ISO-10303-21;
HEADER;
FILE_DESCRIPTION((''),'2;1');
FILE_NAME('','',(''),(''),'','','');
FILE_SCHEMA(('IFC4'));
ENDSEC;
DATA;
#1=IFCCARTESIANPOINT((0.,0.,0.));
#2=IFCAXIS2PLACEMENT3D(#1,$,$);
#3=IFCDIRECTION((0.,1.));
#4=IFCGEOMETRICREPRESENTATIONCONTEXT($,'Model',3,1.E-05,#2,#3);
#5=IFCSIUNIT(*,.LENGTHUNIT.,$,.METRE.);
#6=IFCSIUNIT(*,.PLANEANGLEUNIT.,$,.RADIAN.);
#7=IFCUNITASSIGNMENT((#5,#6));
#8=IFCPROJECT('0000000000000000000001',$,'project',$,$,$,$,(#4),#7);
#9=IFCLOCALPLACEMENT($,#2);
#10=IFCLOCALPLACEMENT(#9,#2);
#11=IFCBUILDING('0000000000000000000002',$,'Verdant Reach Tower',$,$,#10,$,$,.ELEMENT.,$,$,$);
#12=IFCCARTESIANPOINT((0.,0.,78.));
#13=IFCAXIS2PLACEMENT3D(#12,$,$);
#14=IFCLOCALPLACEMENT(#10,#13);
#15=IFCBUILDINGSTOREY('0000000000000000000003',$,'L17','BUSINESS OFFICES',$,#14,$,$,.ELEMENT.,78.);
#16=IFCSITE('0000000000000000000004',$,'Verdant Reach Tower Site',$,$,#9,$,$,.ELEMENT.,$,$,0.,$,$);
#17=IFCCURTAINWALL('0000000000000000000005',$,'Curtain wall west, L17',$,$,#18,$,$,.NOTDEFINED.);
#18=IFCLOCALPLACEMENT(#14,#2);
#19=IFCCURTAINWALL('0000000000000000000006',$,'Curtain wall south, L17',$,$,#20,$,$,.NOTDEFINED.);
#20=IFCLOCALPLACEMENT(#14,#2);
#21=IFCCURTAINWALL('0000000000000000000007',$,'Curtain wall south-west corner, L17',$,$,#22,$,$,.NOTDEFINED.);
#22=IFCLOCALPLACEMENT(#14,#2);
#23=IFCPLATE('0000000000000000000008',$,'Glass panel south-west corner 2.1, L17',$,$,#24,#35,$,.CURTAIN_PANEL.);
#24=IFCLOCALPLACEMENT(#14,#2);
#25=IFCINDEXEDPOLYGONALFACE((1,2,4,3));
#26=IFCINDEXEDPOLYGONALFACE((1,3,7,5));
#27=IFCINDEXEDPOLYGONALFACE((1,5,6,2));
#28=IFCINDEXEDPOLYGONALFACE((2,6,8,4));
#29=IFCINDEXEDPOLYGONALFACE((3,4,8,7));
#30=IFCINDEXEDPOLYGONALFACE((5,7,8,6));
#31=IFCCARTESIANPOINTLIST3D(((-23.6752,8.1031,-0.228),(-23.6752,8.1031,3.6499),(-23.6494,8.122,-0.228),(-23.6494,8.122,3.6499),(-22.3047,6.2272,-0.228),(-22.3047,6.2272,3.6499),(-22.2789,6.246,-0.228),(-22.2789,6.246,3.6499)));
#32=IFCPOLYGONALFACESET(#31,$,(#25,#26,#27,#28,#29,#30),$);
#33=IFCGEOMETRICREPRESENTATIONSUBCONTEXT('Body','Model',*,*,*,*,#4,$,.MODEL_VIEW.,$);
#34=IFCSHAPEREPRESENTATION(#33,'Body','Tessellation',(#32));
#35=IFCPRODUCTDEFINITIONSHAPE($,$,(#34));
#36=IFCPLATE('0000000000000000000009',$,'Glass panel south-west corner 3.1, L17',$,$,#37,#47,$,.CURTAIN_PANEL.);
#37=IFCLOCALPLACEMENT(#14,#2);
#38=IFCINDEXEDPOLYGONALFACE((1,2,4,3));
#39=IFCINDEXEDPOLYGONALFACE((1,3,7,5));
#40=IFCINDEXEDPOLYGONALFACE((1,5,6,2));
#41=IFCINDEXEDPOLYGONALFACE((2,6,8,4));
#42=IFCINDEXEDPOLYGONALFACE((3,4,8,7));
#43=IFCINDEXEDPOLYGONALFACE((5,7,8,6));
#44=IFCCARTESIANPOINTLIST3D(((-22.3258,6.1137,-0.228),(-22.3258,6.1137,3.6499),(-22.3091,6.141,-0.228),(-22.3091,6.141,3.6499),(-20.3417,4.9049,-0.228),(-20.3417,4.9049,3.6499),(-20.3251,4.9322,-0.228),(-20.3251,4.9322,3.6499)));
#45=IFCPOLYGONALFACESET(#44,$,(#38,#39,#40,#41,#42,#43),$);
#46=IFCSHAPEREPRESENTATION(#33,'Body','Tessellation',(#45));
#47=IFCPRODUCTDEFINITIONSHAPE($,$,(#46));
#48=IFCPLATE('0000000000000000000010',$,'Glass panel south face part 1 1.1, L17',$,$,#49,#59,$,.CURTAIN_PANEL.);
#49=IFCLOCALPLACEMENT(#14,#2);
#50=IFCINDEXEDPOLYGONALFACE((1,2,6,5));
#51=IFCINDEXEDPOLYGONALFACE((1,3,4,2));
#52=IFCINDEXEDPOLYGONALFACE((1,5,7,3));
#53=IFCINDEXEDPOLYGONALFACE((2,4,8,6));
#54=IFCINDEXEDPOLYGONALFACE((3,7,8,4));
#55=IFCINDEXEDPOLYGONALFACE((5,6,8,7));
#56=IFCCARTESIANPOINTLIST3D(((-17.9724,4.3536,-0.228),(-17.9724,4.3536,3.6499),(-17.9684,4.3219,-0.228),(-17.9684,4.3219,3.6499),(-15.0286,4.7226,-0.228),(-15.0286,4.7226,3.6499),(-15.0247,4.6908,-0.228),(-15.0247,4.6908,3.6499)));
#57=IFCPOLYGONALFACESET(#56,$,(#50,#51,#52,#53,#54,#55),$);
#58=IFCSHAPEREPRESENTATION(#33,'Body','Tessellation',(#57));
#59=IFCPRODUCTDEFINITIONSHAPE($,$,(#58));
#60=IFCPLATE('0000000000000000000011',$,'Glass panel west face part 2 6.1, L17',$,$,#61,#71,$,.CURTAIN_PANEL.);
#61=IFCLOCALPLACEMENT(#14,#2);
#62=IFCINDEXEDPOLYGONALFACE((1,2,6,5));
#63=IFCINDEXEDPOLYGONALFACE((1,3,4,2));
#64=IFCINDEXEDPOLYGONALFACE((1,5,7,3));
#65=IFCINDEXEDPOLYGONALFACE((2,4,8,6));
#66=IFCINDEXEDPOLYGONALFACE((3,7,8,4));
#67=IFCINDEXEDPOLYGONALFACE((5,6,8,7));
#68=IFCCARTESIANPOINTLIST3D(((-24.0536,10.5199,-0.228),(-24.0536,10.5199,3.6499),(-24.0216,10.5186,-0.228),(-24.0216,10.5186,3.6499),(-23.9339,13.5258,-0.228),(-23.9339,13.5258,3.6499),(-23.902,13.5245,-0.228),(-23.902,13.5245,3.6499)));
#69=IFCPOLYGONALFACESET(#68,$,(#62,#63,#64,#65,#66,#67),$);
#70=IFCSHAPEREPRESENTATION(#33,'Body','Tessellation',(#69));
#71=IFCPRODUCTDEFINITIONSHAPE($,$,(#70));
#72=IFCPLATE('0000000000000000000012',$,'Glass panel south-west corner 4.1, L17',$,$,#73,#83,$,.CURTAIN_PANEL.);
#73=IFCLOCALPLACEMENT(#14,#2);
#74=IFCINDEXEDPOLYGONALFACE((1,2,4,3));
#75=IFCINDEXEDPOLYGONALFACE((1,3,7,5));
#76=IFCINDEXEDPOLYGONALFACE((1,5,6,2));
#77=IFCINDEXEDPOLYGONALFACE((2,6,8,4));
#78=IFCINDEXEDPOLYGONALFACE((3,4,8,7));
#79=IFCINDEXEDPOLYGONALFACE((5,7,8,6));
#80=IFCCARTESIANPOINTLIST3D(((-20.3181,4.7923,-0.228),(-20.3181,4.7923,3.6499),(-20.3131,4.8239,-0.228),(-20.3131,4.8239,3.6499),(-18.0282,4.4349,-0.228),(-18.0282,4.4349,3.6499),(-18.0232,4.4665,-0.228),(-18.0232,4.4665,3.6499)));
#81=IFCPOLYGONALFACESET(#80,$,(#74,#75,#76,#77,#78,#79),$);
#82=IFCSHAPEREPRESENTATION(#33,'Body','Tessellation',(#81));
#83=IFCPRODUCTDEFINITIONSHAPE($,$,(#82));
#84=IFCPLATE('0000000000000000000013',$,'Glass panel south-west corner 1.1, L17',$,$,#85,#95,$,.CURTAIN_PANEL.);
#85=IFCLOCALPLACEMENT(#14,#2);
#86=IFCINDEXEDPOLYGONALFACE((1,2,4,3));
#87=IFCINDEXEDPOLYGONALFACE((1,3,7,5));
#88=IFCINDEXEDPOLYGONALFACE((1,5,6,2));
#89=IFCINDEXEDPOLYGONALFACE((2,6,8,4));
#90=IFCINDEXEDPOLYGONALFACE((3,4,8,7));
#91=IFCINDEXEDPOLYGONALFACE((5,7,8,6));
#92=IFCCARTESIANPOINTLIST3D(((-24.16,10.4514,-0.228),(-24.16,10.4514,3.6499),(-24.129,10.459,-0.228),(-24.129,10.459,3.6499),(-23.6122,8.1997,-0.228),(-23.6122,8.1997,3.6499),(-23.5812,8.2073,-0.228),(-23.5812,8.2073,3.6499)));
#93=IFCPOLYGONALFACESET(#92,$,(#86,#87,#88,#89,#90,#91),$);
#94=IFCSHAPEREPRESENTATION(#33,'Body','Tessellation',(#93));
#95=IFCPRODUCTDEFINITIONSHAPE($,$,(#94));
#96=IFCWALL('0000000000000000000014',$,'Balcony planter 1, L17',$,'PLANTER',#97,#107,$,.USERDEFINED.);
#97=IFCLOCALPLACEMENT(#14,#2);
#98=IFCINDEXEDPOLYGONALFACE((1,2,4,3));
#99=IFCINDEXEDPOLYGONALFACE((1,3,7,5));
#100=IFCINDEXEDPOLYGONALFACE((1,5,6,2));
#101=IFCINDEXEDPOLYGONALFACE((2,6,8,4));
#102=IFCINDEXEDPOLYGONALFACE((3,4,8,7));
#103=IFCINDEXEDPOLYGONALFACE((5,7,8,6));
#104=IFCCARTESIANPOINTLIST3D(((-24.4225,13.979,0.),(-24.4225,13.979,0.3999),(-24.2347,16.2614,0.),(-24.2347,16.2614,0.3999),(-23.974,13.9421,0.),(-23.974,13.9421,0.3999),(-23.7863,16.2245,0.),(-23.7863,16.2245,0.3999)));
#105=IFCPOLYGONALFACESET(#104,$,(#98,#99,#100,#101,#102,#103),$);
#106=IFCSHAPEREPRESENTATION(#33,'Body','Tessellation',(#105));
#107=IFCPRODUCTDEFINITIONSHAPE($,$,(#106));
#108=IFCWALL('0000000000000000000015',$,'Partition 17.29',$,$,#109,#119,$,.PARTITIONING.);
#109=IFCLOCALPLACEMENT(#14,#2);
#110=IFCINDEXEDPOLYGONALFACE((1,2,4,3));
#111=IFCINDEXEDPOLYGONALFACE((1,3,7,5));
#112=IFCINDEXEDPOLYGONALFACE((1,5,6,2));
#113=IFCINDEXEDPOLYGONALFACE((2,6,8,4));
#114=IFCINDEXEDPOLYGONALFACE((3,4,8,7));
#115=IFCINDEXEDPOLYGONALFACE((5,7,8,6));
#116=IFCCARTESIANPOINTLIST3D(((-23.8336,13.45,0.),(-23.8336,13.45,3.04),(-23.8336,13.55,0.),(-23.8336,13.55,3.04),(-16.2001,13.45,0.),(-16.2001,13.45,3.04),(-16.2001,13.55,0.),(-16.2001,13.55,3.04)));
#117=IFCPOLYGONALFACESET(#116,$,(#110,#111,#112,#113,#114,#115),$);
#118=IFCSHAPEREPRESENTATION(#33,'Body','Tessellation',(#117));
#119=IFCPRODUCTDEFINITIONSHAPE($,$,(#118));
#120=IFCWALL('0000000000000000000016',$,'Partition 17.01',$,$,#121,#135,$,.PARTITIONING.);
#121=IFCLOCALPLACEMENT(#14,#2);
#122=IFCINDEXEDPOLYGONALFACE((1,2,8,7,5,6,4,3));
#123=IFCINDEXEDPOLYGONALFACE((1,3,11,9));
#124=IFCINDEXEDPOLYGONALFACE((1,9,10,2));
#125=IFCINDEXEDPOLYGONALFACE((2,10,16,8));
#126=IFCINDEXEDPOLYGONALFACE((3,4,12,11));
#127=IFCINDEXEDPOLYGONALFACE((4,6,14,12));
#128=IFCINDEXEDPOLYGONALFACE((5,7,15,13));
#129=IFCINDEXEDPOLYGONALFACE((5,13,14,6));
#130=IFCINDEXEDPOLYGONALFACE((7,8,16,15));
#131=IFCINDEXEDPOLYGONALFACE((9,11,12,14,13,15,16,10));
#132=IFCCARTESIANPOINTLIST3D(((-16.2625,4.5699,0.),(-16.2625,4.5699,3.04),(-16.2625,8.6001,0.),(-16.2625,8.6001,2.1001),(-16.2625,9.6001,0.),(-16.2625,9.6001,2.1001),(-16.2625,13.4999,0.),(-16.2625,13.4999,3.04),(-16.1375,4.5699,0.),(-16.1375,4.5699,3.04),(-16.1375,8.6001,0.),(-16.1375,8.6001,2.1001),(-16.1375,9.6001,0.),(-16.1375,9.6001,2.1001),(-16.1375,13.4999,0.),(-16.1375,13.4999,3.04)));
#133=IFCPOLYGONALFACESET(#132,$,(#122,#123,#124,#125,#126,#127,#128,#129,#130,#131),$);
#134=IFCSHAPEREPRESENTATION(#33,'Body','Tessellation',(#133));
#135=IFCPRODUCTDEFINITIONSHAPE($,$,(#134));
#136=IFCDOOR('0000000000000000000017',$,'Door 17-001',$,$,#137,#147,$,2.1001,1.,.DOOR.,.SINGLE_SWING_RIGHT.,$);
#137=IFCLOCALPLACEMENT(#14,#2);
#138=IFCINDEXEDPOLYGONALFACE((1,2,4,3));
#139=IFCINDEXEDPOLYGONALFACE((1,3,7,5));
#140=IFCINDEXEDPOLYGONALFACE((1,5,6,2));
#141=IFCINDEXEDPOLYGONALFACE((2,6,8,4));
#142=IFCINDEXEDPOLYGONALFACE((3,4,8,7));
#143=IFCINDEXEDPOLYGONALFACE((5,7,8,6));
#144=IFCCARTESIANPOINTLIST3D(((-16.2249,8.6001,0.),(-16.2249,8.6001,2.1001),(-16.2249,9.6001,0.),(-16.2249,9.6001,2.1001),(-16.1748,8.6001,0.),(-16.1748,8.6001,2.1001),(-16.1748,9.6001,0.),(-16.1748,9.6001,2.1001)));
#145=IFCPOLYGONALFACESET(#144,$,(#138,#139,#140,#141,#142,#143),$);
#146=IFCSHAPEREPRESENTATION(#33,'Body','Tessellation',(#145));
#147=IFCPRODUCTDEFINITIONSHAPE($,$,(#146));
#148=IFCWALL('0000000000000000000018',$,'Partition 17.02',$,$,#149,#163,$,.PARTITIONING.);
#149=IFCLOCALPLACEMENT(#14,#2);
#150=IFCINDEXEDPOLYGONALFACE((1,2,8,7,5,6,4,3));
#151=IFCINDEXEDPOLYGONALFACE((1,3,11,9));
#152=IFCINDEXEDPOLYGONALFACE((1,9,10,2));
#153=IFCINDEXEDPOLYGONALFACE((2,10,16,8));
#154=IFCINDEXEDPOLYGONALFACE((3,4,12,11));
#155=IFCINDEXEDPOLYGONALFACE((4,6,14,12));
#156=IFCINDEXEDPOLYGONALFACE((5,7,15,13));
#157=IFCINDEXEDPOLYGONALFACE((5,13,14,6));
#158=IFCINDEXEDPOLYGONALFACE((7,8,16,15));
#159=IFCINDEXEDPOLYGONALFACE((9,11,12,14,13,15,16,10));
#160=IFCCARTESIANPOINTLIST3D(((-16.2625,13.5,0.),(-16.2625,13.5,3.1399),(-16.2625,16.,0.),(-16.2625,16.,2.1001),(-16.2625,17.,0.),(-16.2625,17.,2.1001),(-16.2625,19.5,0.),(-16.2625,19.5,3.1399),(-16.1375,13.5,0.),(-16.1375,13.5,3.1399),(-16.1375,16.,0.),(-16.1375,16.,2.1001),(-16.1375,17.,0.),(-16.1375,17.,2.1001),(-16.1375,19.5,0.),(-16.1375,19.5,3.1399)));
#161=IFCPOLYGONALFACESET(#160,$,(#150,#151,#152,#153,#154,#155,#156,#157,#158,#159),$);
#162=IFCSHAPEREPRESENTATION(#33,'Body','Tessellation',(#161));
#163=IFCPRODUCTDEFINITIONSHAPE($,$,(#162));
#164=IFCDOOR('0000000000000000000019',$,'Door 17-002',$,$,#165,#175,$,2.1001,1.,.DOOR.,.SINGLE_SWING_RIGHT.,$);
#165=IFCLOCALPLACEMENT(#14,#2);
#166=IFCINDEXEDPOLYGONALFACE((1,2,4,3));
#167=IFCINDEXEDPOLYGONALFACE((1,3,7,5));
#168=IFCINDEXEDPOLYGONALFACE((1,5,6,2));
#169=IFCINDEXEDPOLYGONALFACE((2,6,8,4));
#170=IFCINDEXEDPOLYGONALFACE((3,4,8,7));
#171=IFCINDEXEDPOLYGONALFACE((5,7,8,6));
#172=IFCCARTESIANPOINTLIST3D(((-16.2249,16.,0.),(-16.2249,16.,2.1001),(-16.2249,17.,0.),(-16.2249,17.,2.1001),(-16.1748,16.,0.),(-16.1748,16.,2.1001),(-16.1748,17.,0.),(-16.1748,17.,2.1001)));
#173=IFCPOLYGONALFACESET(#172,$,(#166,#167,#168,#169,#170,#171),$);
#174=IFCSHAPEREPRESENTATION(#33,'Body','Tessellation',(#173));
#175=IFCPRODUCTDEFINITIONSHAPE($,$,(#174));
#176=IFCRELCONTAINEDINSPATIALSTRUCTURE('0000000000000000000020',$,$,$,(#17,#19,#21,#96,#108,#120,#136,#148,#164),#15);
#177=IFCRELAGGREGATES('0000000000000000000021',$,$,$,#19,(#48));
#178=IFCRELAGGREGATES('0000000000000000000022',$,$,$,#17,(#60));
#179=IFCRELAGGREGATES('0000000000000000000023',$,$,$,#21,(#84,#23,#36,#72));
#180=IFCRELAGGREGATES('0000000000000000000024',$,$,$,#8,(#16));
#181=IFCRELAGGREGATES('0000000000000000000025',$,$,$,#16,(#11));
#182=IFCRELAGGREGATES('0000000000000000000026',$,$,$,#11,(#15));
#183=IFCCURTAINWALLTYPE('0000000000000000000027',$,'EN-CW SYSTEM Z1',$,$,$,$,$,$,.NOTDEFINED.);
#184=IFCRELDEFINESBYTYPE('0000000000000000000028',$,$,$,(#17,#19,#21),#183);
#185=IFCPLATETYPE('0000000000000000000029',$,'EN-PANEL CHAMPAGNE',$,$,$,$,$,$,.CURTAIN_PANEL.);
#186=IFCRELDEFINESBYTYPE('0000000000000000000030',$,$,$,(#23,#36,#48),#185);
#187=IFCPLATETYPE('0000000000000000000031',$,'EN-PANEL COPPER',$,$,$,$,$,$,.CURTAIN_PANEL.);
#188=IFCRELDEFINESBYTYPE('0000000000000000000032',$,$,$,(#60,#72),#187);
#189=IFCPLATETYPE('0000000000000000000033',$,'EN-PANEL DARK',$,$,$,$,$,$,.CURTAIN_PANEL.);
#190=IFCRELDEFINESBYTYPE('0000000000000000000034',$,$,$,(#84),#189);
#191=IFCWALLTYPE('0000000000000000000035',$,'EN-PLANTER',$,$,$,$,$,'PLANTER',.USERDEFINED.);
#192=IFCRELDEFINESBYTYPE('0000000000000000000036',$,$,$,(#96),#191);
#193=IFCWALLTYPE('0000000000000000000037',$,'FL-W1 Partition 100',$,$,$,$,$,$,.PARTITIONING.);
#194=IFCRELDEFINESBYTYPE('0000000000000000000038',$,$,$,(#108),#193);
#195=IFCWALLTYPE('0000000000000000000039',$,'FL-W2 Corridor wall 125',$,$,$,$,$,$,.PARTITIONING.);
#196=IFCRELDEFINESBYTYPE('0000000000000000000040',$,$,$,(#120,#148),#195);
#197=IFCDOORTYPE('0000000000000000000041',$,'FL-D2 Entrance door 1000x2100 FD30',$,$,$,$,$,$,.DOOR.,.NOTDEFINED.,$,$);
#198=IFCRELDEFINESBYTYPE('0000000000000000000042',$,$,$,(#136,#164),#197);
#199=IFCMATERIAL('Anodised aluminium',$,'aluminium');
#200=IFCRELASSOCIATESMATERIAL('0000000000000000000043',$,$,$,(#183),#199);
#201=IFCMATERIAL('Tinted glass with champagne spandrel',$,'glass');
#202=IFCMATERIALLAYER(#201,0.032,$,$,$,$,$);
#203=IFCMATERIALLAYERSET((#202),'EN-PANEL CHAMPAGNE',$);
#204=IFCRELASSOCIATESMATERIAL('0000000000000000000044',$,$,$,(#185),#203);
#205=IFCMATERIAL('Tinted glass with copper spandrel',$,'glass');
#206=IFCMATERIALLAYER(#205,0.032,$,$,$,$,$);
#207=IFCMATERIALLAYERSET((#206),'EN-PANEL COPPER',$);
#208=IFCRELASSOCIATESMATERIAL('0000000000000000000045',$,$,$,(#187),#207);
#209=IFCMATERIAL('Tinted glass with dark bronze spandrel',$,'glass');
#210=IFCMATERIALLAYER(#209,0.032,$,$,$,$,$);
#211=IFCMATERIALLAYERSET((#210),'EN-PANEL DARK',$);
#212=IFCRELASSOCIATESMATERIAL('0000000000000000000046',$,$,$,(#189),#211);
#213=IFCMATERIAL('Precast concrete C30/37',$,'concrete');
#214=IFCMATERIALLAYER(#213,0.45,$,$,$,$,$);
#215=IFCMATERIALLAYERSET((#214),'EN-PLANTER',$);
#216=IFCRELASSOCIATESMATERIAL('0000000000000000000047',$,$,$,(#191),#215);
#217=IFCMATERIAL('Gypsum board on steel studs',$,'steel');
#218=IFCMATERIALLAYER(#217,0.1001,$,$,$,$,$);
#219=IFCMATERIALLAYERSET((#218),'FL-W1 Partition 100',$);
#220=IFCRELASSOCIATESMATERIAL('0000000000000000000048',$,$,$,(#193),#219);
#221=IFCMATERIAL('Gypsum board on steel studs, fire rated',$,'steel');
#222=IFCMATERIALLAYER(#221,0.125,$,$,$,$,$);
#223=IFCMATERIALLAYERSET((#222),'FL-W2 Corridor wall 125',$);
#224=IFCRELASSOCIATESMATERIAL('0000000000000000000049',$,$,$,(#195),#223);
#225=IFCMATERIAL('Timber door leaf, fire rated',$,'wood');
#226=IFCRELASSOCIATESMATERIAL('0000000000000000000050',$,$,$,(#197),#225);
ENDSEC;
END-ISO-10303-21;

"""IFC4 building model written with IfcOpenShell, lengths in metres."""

from ifc_helpers import new_model, si_unit, direction, frame, frame_2d, origin, origin_2d, place, context, subcontext, project, spatial, rectangle, extrude, material, layer, layer_set, type_object, element, fill, aggregate, save


model = new_model("IFC4")

# Units and contexts
model_context = context("Model", 3, precision=1e-05, world=origin(), true_north=direction((0.0, 1.0)))
body_context = subcontext(model_context, "Body", "Model", "MODEL_VIEW")
ifc_project = project(units=[si_unit("LENGTHUNIT", "METRE"), si_unit("PLANEANGLEUNIT", "RADIAN")], contexts=[model_context])

# Site, building, storey
site_placement = place(None, origin())
site = spatial("IfcSite", under=ifc_project, at=site_placement, Name="Verdant Reach Tower Site", CompositionType="ELEMENT", RefElevation=0.0)
building_placement = place(site_placement, origin())
building = spatial("IfcBuilding", under=site, at=building_placement, Name="Verdant Reach Tower", CompositionType="ELEMENT")
storey_placement = place(building_placement, frame((0.0, 0.0, 78.0)))
storey = spatial("IfcBuildingStorey", under=building, at=storey_placement, Name="L17", Description="BUSINESS OFFICES", CompositionType="ELEMENT", Elevation=78.0)

# Curtain walls
ifc_material_1 = material(Name="Anodised aluminium", Category="aluminium")
curtain_wall_type = type_object("IfcCurtainWallType", Name="EN-CW SYSTEM Z1", PredefinedType="NOTDEFINED", material=ifc_material_1)
curtain_wall_1_placement = place(storey_placement, origin())
curtain_wall_1 = element("IfcCurtainWall", 1, at=curtain_wall_1_placement, inside=storey, type_object=curtain_wall_type, Name="Curtain wall west, L17", PredefinedType="NOTDEFINED")
curtain_wall_2_placement = place(storey_placement, origin())
curtain_wall_2 = element("IfcCurtainWall", 2, at=curtain_wall_2_placement, inside=storey, type_object=curtain_wall_type, Name="Curtain wall south, L17", PredefinedType="NOTDEFINED")

# Curtain wall, plates
curtain_wall_3_placement = place(storey_placement, origin())
curtain_wall_3 = element("IfcCurtainWall", 3, at=curtain_wall_3_placement, inside=storey, type_object=curtain_wall_type, Name="Curtain wall south-west corner, L17", PredefinedType="NOTDEFINED")
ifc_material_2 = material(Name="Tinted glass with champagne spandrel", Category="glass")
ifc_layer_1 = layer(ifc_material_2, 0.032)
ifc_layer_set_1 = layer_set([ifc_layer_1], Name="EN-PANEL CHAMPAGNE")
plate_type_1 = type_object("IfcPlateType", Name="EN-PANEL CHAMPAGNE", PredefinedType="CURTAIN_PANEL", material=ifc_layer_set_1)
plate_1_placement = place(storey_placement, frame((-22.9771, 7.1746, -0.228), z_axis=(0.0, 0.0, 1.0), x_axis=(0.589927, -0.807457, 0.0)))
plate_1 = element("IfcPlate", 4, at=plate_1_placement, type_object=plate_type_1, Name="Glass panel south-west corner 2.1, L17", PredefinedType="CURTAIN_PANEL", context=body_context, shape_type="SweptSolid", body=[
    extrude(rectangle(XDim=2.3232, YDim=0.032, at=origin_2d()), origin(), (0.0, 0.0, 1.0), 3.8779),
])
plate_2_placement = place(storey_placement, frame((-21.3254, 5.5229, -0.228), z_axis=(0.0, 0.0, 1.0), x_axis=(0.853989, -0.520292, 0.0)))
plate_2 = element("IfcPlate", 5, at=plate_2_placement, type_object=plate_type_1, Name="Glass panel south-west corner 3.1, L17", PredefinedType="CURTAIN_PANEL", context=body_context, shape_type="SweptSolid", body=[
    extrude(rectangle(XDim=2.3232, YDim=0.032, at=origin_2d()), origin(), (0.0, 0.0, 1.0), 3.8779),
])

# Plates
plate_3_placement = place(storey_placement, frame((-16.4985, 4.5222, -0.228), z_axis=(0.0, 0.0, 1.0), x_axis=(0.992235, 0.124374, 0.0)))
plate_3 = element("IfcPlate", 6, at=plate_3_placement, type_object=plate_type_1, Name="Glass panel south face part 1 1.1, L17", PredefinedType="CURTAIN_PANEL", context=body_context, shape_type="SweptSolid", body=[
    extrude(rectangle(XDim=2.9668, YDim=0.032, at=origin_2d()), origin(), (0.0, 0.0, 1.0), 3.8779),
])
aggregate(curtain_wall_2, [plate_3])
ifc_material_3 = material(Name="Tinted glass with copper spandrel", Category="glass")
ifc_layer_2 = layer(ifc_material_3, 0.032)
ifc_layer_set_2 = layer_set([ifc_layer_2], Name="EN-PANEL COPPER")
plate_type_2 = type_object("IfcPlateType", Name="EN-PANEL COPPER", PredefinedType="CURTAIN_PANEL", material=ifc_layer_set_2)
plate_4_placement = place(storey_placement, frame((-23.9778, 12.0222, -0.228), z_axis=(0.0, 0.0, 1.0), x_axis=(-0.039784, -0.999208, 0.0)))
plate_4 = element("IfcPlate", 7, at=plate_4_placement, type_object=plate_type_2, Name="Glass panel west face part 2 6.1, L17", PredefinedType="CURTAIN_PANEL", context=body_context, shape_type="SweptSolid", body=[
    extrude(rectangle(XDim=3.0083, YDim=0.032, at=origin_2d()), origin(), (0.0, 0.0, 1.0), 3.8779),
])
aggregate(curtain_wall_1, [plate_4])
plate_5_placement = place(storey_placement, frame((-19.1707, 4.6294, -0.228), z_axis=(0.0, 0.0, 1.0), x_axis=(0.988033, -0.154245, 0.0)))
plate_5 = element("IfcPlate", 8, at=plate_5_placement, type_object=plate_type_2, Name="Glass panel south-west corner 4.1, L17", PredefinedType="CURTAIN_PANEL", context=body_context, shape_type="SweptSolid", body=[
    extrude(rectangle(XDim=2.3176, YDim=0.032, at=origin_2d()), origin(), (0.0, 0.0, 1.0), 3.8779),
])
ifc_material_4 = material(Name="Tinted glass with dark bronze spandrel", Category="glass")
ifc_layer_3 = layer(ifc_material_4, 0.032)
ifc_layer_set_3 = layer_set([ifc_layer_3], Name="EN-PANEL DARK")
plate_type_3 = type_object("IfcPlateType", Name="EN-PANEL DARK", PredefinedType="CURTAIN_PANEL", material=ifc_layer_set_3)
plate_6_placement = place(storey_placement, frame((-23.8706, 9.3293, -0.228), z_axis=(0.0, 0.0, 1.0), x_axis=(0.236383, -0.97166, 0.0)))
plate_6 = element("IfcPlate", 9, at=plate_6_placement, type_object=plate_type_3, Name="Glass panel south-west corner 1.1, L17", PredefinedType="CURTAIN_PANEL", context=body_context, shape_type="SweptSolid", body=[
    extrude(rectangle(XDim=2.3174, YDim=0.032, at=origin_2d()), origin(), (0.0, 0.0, 1.0), 3.8779),
])
aggregate(curtain_wall_3, [plate_6, plate_1, plate_2, plate_5])

# Walls
ifc_material_5 = material(Name="Precast concrete C30/37", Category="concrete")
ifc_layer_4 = layer(ifc_material_5, 0.45)
ifc_layer_set_4 = layer_set([ifc_layer_4], Name="EN-PLANTER")
wall_type_1 = type_object("IfcWallType", Name="EN-PLANTER", ElementType="PLANTER", PredefinedType="USERDEFINED", material=ifc_layer_set_4)
wall_1_placement = place(storey_placement, frame((-24.0105, 16.2429, 0.0), z_axis=(0.0, 0.0, 1.0), x_axis=(-0.081987, -0.996633, 0.0)))
element("IfcWall", 10, at=wall_1_placement, inside=storey, type_object=wall_type_1, Name="Balcony planter 1, L17", ObjectType="PLANTER", PredefinedType="USERDEFINED", context=body_context, shape_type="SweptSolid", body=[
    extrude(rectangle(XDim=2.29, YDim=0.45, at=frame_2d((1.145, 0.0))), origin(), (0.0, 0.0, 1.0), 0.3999),
])
ifc_material_6 = material(Name="Gypsum board on steel studs", Category="steel")
ifc_layer_5 = layer(ifc_material_6, 0.1001)
ifc_layer_set_5 = layer_set([ifc_layer_5], Name="FL-W1 Partition 100")
wall_type_2 = type_object("IfcWallType", Name="FL-W1 Partition 100", PredefinedType="PARTITIONING", material=ifc_layer_set_5)
wall_2_placement = place(storey_placement, frame((-16.2, 13.5, 0.0), z_axis=(0.0, 0.0, 1.0), x_axis=(-1.0, 0.0, 0.0)))
element("IfcWall", 11, at=wall_2_placement, inside=storey, type_object=wall_type_2, Name="Partition 17.29", PredefinedType="PARTITIONING", context=body_context, shape_type="SweptSolid", body=[
    extrude(rectangle(XDim=7.6335, YDim=0.1001, at=frame_2d((3.8169, 0.0))), origin(), (0.0, 0.0, 1.0), 3.04),
])

# Walls, openings, doors
ifc_material_7 = material(Name="Gypsum board on steel studs, fire rated", Category="steel")
ifc_layer_6 = layer(ifc_material_7, 0.125)
ifc_layer_set_6 = layer_set([ifc_layer_6], Name="FL-W2 Corridor wall 125")
wall_type_3 = type_object("IfcWallType", Name="FL-W2 Corridor wall 125", PredefinedType="PARTITIONING", material=ifc_layer_set_6)
wall_3_placement = place(storey_placement, frame((-16.2, 4.5701, 0.0), z_axis=(0.0, 0.0, 1.0), x_axis=(0.0, 1.0, 0.0)))
wall_3 = element("IfcWall", 12, at=wall_3_placement, inside=storey, type_object=wall_type_3, Name="Partition 17.01", PredefinedType="PARTITIONING", context=body_context, shape_type="SweptSolid", body=[
    extrude(rectangle(XDim=8.9299, YDim=0.125, at=frame_2d((4.4648, 0.0))), origin(), (0.0, 0.0, 1.0), 3.04),
])
opening_1_placement = place(wall_3_placement, frame((4.03, 0.0, 0.0)))
opening_1 = element("IfcOpeningElement", 13, at=opening_1_placement, cuts=wall_3, PredefinedType="OPENING", context=body_context, shape_type="SweptSolid", body=[
    extrude(rectangle(XDim=1.0, YDim=2.1001, at=frame_2d((0.5, 1.05))), frame((0.0, 0.0725, 0.0), z_axis=(0.0, -1.0, 0.0), x_axis=(1.0, 0.0, 0.0)), (0.0, 0.0, 1.0), 0.145),
])
ifc_material_8 = material(Name="Timber door leaf, fire rated", Category="wood")
door_type = type_object("IfcDoorType", Name="FL-D2 Entrance door 1000x2100 FD30", OperationType="NOTDEFINED", PredefinedType="DOOR", material=ifc_material_8)
door_1_placement = place(opening_1_placement, origin())
door_1 = element("IfcDoor", 14, at=door_1_placement, inside=storey, type_object=door_type, Name="Door 17-001", OperationType="SINGLE_SWING_RIGHT", OverallHeight=2.1001, OverallWidth=1.0, PredefinedType="DOOR", context=body_context, shape_type="SweptSolid", body=[
    extrude(rectangle(XDim=1.0, YDim=2.1001, at=frame_2d((0.5, 1.05))), frame((0.0, 0.0249, 0.0), z_axis=(0.0, -1.0, 0.0), x_axis=(1.0, 0.0, 0.0)), (0.0, 0.0, 1.0), 0.05),
])
fill(opening_1, door_1)
wall_4_placement = place(storey_placement, frame((-16.2, 13.5, 0.0), z_axis=(0.0, 0.0, 1.0), x_axis=(0.0, 1.0, 0.0)))
wall_4 = element("IfcWall", 15, at=wall_4_placement, inside=storey, type_object=wall_type_3, Name="Partition 17.02", PredefinedType="PARTITIONING", context=body_context, shape_type="SweptSolid", body=[
    extrude(rectangle(XDim=6.0, YDim=0.125, at=frame_2d((3.0, 0.0))), origin(), (0.0, 0.0, 1.0), 3.1399),
])
opening_2_placement = place(wall_4_placement, frame((2.5, 0.0, 0.0)))
opening_2 = element("IfcOpeningElement", 16, at=opening_2_placement, cuts=wall_4, PredefinedType="OPENING", context=body_context, shape_type="SweptSolid", body=[
    extrude(rectangle(XDim=1.0, YDim=2.1001, at=frame_2d((0.5, 1.05))), frame((0.0, 0.0725, 0.0), z_axis=(0.0, -1.0, 0.0), x_axis=(1.0, 0.0, 0.0)), (0.0, 0.0, 1.0), 0.145),
])
door_2_placement = place(opening_2_placement, origin())
door_2 = element("IfcDoor", 17, at=door_2_placement, inside=storey, type_object=door_type, Name="Door 17-002", OperationType="SINGLE_SWING_RIGHT", OverallHeight=2.1001, OverallWidth=1.0, PredefinedType="DOOR", context=body_context, shape_type="SweptSolid", body=[
    extrude(rectangle(XDim=1.0, YDim=2.1001, at=frame_2d((0.5, 1.05))), frame((0.0, 0.0249, 0.0), z_axis=(0.0, -1.0, 0.0), x_axis=(1.0, 0.0, 0.0)), (0.0, 0.0, 1.0), 0.05),
])
fill(opening_2, door_2)

save(model, "model.ifc")
